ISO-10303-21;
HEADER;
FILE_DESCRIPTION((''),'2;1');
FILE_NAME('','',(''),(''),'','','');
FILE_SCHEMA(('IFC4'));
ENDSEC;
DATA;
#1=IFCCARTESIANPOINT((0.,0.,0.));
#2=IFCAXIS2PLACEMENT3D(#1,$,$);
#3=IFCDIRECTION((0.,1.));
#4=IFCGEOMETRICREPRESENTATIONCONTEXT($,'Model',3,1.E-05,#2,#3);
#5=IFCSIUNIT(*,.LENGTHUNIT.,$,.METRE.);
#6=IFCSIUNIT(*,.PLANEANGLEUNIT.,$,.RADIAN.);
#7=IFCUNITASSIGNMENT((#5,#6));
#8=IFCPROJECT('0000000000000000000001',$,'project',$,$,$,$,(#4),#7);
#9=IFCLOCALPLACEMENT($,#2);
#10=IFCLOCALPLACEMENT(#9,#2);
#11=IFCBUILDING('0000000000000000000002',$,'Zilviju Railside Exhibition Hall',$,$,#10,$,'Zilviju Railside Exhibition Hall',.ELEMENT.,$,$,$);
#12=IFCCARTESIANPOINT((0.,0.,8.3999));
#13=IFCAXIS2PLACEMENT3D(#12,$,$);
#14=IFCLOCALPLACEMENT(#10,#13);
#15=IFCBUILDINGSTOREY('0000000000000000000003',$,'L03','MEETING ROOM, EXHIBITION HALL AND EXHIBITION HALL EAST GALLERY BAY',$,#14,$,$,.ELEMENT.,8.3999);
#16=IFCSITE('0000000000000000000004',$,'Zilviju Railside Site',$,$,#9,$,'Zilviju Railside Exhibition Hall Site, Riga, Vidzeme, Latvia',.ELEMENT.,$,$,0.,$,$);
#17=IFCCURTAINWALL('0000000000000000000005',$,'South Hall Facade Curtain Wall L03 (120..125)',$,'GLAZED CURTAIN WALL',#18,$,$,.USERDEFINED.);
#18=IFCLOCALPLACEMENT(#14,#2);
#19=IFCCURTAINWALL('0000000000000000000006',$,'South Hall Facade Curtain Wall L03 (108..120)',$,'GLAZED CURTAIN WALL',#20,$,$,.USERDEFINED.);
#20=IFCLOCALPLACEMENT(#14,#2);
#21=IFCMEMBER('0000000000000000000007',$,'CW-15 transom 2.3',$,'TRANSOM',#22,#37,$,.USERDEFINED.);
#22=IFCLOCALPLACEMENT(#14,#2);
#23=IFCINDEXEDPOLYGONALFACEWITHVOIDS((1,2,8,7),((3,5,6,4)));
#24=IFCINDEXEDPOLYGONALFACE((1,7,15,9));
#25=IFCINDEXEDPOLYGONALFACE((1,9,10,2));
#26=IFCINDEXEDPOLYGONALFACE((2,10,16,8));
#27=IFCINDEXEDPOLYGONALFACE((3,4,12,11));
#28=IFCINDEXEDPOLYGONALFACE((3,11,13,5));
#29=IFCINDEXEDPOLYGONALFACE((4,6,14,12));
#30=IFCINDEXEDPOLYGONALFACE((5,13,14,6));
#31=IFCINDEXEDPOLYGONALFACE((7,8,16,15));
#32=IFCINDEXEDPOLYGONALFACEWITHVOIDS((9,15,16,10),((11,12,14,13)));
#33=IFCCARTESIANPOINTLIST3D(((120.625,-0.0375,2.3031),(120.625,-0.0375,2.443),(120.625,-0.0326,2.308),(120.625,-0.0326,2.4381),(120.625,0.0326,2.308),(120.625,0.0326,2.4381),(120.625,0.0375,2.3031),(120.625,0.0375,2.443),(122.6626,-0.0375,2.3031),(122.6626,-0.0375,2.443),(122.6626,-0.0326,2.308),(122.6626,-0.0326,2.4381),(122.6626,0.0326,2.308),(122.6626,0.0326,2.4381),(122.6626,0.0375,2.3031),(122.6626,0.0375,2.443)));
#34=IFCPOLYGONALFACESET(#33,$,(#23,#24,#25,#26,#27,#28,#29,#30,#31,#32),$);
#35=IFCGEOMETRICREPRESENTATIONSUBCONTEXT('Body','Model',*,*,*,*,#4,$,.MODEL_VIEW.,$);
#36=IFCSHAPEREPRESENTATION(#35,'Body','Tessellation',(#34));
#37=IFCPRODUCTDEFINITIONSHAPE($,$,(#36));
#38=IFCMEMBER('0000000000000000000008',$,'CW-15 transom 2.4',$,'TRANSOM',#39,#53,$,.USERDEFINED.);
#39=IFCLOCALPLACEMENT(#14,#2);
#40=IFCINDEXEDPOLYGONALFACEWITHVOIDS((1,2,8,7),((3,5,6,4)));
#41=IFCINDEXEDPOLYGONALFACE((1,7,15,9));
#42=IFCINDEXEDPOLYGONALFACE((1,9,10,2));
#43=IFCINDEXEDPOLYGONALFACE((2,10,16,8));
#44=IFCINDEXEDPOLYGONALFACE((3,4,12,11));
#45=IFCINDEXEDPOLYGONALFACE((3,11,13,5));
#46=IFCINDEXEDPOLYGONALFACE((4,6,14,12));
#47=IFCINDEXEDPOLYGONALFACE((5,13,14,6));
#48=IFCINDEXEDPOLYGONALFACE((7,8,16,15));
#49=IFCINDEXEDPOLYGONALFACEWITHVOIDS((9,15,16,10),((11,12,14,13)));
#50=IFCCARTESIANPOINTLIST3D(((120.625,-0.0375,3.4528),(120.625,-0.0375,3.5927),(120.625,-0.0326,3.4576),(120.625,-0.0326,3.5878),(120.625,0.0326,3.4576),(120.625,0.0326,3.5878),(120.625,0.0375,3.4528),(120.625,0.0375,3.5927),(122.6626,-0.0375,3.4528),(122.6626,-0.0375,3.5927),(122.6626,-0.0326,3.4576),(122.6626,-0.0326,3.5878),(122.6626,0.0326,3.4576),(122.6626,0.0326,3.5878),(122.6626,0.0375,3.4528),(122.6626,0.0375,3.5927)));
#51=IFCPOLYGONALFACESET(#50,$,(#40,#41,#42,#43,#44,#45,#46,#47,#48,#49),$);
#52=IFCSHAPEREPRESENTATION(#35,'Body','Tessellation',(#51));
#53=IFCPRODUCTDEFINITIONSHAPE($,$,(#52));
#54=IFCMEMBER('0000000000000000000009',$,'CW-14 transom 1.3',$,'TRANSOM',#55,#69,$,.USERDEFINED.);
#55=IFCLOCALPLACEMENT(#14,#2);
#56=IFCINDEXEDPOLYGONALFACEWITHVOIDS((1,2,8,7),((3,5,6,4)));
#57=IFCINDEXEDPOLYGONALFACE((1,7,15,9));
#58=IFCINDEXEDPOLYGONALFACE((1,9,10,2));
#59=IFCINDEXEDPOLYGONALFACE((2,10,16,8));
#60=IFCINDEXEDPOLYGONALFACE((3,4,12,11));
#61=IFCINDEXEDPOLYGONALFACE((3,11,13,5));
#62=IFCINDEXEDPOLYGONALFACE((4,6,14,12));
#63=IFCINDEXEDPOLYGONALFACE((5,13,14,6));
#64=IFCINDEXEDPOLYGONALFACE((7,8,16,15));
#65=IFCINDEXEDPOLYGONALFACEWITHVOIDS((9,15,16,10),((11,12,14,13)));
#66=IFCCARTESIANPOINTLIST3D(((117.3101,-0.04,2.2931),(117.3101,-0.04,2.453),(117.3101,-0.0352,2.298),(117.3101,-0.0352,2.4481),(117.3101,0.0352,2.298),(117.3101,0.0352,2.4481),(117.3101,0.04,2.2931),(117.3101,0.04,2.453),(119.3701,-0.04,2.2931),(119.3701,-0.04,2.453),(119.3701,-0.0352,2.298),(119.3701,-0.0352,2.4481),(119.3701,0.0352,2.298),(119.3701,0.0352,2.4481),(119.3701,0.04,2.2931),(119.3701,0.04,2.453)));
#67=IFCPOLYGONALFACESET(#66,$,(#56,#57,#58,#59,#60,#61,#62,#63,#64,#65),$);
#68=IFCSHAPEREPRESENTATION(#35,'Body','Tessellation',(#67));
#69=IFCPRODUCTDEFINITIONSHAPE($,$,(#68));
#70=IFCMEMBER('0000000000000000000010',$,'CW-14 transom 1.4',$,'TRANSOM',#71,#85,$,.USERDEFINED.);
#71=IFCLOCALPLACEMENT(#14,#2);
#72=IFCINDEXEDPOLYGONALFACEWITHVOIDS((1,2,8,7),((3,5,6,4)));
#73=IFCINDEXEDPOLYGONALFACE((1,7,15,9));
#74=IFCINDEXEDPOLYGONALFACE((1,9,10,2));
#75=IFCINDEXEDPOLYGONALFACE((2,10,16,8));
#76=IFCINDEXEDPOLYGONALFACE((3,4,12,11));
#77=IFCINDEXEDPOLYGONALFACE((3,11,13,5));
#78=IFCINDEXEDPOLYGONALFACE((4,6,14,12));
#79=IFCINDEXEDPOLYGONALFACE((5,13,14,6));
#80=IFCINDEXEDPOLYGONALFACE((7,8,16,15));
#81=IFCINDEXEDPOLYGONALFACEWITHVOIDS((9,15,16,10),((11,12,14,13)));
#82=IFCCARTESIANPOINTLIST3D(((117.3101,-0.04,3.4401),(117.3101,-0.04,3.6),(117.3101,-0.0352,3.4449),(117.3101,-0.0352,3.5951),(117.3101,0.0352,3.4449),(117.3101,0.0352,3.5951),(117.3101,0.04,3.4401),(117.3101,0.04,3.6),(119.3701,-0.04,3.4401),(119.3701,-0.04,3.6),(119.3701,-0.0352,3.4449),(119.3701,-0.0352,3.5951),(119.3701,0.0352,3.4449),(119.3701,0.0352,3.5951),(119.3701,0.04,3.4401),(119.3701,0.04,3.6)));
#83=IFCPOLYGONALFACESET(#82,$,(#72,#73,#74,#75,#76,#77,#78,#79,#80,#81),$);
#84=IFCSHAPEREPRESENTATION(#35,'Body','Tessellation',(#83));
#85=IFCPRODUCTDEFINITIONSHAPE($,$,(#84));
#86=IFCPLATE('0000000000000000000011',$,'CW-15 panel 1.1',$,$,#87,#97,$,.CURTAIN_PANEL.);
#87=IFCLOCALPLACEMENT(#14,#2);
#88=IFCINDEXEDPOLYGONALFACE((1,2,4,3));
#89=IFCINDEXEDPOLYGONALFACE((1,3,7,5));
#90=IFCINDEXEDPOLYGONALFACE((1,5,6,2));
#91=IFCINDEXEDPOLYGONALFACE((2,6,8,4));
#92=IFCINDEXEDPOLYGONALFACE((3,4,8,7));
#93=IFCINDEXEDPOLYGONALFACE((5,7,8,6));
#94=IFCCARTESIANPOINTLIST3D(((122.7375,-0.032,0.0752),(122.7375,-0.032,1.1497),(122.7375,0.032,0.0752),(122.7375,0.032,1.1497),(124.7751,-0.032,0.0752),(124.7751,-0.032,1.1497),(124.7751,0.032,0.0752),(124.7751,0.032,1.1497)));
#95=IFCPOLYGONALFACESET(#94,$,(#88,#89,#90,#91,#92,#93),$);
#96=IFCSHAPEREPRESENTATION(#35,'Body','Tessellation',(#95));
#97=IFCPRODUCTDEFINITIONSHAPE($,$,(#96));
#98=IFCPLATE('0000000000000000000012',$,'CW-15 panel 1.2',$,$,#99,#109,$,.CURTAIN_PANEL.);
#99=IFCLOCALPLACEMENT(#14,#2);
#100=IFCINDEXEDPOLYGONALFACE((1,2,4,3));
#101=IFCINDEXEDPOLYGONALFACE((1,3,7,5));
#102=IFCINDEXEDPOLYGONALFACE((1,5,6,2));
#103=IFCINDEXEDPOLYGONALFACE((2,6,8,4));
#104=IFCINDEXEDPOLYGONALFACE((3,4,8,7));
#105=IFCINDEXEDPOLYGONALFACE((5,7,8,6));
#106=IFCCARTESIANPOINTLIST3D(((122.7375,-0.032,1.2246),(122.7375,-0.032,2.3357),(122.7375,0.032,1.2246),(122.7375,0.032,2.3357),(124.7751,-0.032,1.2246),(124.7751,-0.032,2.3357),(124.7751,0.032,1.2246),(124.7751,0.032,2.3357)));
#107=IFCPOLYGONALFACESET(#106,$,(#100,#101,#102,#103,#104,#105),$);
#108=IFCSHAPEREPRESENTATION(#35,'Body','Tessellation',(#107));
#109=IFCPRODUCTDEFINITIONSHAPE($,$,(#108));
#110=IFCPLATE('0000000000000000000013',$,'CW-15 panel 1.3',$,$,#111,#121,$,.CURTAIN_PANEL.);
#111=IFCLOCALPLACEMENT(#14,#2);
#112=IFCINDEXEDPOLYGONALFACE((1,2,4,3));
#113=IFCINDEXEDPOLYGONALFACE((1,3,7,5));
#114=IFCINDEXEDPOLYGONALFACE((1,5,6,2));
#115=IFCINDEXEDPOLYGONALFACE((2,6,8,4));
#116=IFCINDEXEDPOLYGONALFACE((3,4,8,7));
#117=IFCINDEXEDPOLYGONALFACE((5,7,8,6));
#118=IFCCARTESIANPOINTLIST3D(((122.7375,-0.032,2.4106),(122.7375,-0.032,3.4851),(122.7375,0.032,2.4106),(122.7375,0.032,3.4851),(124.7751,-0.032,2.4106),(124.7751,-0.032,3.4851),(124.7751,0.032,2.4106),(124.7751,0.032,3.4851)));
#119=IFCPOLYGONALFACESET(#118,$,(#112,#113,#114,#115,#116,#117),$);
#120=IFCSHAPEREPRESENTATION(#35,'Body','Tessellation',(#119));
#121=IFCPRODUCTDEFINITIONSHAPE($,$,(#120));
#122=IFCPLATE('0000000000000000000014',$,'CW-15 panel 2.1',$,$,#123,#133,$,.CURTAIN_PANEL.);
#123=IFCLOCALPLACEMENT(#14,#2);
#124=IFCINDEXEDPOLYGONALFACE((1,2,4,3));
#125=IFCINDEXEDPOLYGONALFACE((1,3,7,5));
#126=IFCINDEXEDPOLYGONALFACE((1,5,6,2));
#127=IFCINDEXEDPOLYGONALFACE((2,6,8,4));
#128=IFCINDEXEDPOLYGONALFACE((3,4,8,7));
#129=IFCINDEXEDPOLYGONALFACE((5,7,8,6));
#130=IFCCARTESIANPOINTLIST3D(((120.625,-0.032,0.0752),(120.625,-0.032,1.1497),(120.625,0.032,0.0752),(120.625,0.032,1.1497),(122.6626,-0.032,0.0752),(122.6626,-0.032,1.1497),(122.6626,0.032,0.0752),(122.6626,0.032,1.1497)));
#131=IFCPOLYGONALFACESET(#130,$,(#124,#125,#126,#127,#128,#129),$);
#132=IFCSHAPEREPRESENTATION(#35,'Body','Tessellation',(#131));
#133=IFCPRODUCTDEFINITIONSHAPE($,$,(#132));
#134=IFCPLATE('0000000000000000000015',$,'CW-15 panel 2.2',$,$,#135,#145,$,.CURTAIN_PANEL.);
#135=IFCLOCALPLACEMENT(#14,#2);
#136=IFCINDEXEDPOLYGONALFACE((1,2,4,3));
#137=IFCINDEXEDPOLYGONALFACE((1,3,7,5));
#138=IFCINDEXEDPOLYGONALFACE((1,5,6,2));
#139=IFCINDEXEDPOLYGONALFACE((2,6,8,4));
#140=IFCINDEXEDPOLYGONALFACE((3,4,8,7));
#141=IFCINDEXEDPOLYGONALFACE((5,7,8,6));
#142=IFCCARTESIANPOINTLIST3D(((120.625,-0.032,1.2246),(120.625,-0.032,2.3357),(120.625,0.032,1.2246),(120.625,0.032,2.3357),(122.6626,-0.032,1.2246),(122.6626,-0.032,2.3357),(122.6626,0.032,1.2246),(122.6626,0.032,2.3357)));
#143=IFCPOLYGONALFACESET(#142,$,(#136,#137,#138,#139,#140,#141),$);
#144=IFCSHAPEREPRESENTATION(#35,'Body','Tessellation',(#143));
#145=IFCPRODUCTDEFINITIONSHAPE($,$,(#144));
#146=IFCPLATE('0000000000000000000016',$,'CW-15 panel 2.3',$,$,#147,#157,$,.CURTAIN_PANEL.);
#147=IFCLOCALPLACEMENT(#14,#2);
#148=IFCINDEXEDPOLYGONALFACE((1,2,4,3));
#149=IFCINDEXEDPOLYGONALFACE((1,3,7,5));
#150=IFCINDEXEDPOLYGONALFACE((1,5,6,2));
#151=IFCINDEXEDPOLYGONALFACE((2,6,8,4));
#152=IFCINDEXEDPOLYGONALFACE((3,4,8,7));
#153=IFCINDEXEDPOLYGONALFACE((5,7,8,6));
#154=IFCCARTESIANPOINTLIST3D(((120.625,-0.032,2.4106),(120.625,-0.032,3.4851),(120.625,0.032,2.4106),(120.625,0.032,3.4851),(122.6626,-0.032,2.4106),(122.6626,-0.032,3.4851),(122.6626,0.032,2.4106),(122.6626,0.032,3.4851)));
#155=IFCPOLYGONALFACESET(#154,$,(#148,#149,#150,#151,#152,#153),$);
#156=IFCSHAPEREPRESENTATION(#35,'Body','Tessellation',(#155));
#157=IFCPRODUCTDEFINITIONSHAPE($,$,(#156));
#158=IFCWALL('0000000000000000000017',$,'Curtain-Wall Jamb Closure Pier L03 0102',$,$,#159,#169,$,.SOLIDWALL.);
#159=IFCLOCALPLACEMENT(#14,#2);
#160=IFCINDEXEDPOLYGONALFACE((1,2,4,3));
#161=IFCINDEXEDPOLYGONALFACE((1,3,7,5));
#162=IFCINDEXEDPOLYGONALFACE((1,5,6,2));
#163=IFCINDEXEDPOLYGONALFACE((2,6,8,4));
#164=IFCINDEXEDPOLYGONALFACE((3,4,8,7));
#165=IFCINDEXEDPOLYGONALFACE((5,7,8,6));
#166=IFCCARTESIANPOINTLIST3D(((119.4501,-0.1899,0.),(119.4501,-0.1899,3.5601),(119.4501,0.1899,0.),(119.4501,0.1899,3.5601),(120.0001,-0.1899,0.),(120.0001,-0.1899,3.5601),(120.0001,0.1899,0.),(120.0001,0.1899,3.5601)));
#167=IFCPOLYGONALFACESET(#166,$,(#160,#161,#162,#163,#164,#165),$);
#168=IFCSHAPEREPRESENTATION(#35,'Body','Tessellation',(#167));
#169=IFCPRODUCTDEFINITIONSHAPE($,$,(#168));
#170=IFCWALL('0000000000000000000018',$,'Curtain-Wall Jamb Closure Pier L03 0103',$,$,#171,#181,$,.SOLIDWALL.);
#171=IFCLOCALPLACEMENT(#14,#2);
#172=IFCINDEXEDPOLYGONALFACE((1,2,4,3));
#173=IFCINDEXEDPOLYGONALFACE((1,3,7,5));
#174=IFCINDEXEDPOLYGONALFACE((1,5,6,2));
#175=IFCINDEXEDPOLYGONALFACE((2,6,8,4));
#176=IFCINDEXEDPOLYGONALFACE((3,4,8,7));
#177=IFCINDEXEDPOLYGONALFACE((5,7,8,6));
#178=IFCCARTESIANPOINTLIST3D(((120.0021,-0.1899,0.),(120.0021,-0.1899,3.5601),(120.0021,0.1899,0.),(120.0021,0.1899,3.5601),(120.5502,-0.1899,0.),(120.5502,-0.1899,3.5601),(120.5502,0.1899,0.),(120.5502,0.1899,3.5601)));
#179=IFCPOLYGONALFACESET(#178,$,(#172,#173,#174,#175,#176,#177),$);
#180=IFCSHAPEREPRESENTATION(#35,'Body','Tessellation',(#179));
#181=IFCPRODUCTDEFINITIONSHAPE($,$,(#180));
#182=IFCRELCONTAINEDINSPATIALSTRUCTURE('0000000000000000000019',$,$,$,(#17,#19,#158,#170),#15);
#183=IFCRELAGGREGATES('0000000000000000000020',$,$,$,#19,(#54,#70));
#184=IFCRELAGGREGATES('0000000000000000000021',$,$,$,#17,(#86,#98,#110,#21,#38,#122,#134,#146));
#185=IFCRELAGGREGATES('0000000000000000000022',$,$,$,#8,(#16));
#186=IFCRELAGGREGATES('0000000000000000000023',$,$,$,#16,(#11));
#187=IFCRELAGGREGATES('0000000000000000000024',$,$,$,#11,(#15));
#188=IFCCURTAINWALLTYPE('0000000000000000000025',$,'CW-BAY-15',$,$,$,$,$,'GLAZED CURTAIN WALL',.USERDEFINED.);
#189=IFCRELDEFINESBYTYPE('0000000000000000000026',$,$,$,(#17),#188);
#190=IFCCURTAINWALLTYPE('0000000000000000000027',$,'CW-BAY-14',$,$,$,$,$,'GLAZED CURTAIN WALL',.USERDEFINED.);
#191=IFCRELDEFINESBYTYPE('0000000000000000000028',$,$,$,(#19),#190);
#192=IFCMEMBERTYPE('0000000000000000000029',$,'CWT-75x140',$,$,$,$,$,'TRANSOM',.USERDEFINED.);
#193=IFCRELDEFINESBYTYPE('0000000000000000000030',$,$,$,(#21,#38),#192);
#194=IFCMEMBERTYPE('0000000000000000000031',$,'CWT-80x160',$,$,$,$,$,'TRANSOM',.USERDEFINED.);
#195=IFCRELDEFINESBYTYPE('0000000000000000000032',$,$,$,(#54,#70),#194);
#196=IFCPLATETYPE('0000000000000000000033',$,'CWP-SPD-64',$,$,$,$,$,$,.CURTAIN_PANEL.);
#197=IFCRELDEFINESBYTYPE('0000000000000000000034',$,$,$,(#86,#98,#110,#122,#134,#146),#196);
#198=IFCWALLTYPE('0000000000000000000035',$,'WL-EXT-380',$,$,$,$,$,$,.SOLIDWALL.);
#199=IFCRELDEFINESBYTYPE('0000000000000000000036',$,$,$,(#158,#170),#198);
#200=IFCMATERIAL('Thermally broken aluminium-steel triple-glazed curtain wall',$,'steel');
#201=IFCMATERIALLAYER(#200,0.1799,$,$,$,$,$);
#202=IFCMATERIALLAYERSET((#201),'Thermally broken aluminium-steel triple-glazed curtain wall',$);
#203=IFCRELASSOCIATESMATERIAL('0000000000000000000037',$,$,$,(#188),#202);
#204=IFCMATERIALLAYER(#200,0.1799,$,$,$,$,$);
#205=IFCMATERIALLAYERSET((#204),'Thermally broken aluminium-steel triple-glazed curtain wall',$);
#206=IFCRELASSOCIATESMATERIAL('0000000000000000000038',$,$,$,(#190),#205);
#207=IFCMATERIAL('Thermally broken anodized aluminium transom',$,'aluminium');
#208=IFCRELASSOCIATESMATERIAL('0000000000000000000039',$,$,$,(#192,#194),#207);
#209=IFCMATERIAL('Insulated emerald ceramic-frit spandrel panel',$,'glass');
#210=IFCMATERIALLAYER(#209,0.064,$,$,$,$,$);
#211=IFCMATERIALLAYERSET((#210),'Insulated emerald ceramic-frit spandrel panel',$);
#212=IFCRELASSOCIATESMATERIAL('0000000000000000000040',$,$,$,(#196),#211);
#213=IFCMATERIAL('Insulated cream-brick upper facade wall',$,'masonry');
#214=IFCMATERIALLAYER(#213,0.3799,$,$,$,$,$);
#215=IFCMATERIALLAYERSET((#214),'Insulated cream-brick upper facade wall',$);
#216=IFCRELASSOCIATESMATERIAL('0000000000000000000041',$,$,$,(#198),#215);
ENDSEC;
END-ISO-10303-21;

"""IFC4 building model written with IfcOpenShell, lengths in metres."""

from ifc_helpers import new_model, si_unit, direction, frame, frame_2d, origin, origin_2d, place, context, subcontext, project, spatial, rectangle, hollow_rectangle, extrude, material, layer, layer_set, material_profile, profile_set, type_object, element, aggregate, save


model = new_model("IFC4")

# Units and contexts
model_context = context("Model", 3, precision=1e-05, world=origin(), true_north=direction((0.0, 1.0)))
body_context = subcontext(model_context, "Body", "Model", "MODEL_VIEW")
ifc_project = project(units=[si_unit("LENGTHUNIT", "METRE"), si_unit("PLANEANGLEUNIT", "RADIAN")], contexts=[model_context])

# Site, building, storey
site_placement = place(None, origin())
site = spatial("IfcSite", under=ifc_project, at=site_placement, Name="Zilviju Railside Site", LongName="Zilviju Railside Exhibition Hall Site, Riga, Vidzeme, Latvia", CompositionType="ELEMENT", RefElevation=0.0)
building_placement = place(site_placement, origin())
building = spatial("IfcBuilding", under=site, at=building_placement, Name="Zilviju Railside Exhibition Hall", LongName="Zilviju Railside Exhibition Hall", CompositionType="ELEMENT")
storey_placement = place(building_placement, frame((0.0, 0.0, 8.3999)))
storey = spatial("IfcBuildingStorey", under=building, at=storey_placement, Name="L03", Description="MEETING ROOM, EXHIBITION HALL AND EXHIBITION HALL EAST GALLERY BAY", CompositionType="ELEMENT", Elevation=8.3999)

# Curtain wall
ifc_material_1 = material(Name="Thermally broken aluminium-steel triple-glazed curtain wall", Category="steel")
ifc_layer_1 = layer(ifc_material_1, 0.1799)
ifc_layer_set_1 = layer_set([ifc_layer_1], Name="Thermally broken aluminium-steel triple-glazed curtain wall")
curtain_wall_type_1 = type_object("IfcCurtainWallType", Name="CW-BAY-15", ElementType="GLAZED CURTAIN WALL", PredefinedType="USERDEFINED", material=ifc_layer_set_1)
curtain_wall_1_placement = place(storey_placement, origin())
curtain_wall_1 = element("IfcCurtainWall", 1, at=curtain_wall_1_placement, inside=storey, type_object=curtain_wall_type_1, Name="South Hall Facade Curtain Wall L03 (120..125)", ObjectType="GLAZED CURTAIN WALL", PredefinedType="USERDEFINED")

# Curtain wall
ifc_layer_2 = layer(ifc_material_1, 0.1799)
ifc_layer_set_2 = layer_set([ifc_layer_2], Name="Thermally broken aluminium-steel triple-glazed curtain wall")
curtain_wall_type_2 = type_object("IfcCurtainWallType", Name="CW-BAY-14", ElementType="GLAZED CURTAIN WALL", PredefinedType="USERDEFINED", material=ifc_layer_set_2)
curtain_wall_2_placement = place(storey_placement, origin())
curtain_wall_2 = element("IfcCurtainWall", 2, at=curtain_wall_2_placement, inside=storey, type_object=curtain_wall_type_2, Name="South Hall Facade Curtain Wall L03 (108..120)", ObjectType="GLAZED CURTAIN WALL", PredefinedType="USERDEFINED")

# Members
ifc_material_2 = material(Name="Thermally broken anodized aluminium transom", Category="aluminium")
ifc_material_profile_1 = material_profile(ifc_material_2, hollow_rectangle(XDim=0.075, YDim=0.1399, WallThickness=0.0049, at=origin_2d()), Name="TRANSOM 140x75x5")
ifc_profile_set_1 = profile_set([ifc_material_profile_1], Name="Thermally broken anodized aluminium transom")
member_type_1 = type_object("IfcMemberType", Name="CWT-75x140", ElementType="TRANSOM", PredefinedType="USERDEFINED", material=ifc_profile_set_1)
member_1_placement = place(storey_placement, frame((122.6626, 0.0, 2.373), z_axis=(-1.0, 0.0, 0.0), x_axis=(0.0, -1.0, 0.0)))
member_1 = element("IfcMember", 3, at=member_1_placement, type_object=member_type_1, Name="CW-15 transom 2.3", ObjectType="TRANSOM", PredefinedType="USERDEFINED", context=body_context, shape_type="SweptSolid", body=[
    extrude(hollow_rectangle(XDim=0.075, YDim=0.1399, WallThickness=0.0049, at=origin_2d()), origin(), (0.0, 0.0, 1.0), 2.0376),
])
member_2_placement = place(storey_placement, frame((122.6626, 0.0, 3.5227), z_axis=(-1.0, 0.0, 0.0), x_axis=(0.0, -1.0, 0.0)))
member_2 = element("IfcMember", 4, at=member_2_placement, type_object=member_type_1, Name="CW-15 transom 2.4", ObjectType="TRANSOM", PredefinedType="USERDEFINED", context=body_context, shape_type="SweptSolid", body=[
    extrude(hollow_rectangle(XDim=0.075, YDim=0.1399, WallThickness=0.0049, at=origin_2d()), origin(), (0.0, 0.0, 1.0), 2.0376),
])
ifc_material_profile_2 = material_profile(ifc_material_2, hollow_rectangle(XDim=0.0801, YDim=0.1599, WallThickness=0.0049, at=origin_2d()), Name="TRANSOM 160x80x5")
ifc_profile_set_2 = profile_set([ifc_material_profile_2], Name="Thermally broken anodized aluminium transom")
member_type_2 = type_object("IfcMemberType", Name="CWT-80x160", ElementType="TRANSOM", PredefinedType="USERDEFINED", material=ifc_profile_set_2)
member_3_placement = place(storey_placement, frame((119.3701, 0.0, 2.373), z_axis=(-1.0, 0.0, 0.0), x_axis=(0.0, -1.0, 0.0)))
member_3 = element("IfcMember", 5, at=member_3_placement, type_object=member_type_2, Name="CW-14 transom 1.3", ObjectType="TRANSOM", PredefinedType="USERDEFINED", context=body_context, shape_type="SweptSolid", body=[
    extrude(hollow_rectangle(XDim=0.0801, YDim=0.1599, WallThickness=0.0049, at=origin_2d()), origin(), (0.0, 0.0, 1.0), 2.0601),
])
member_4_placement = place(storey_placement, frame((119.3701, 0.0, 3.52), z_axis=(-1.0, 0.0, 0.0), x_axis=(0.0, -1.0, 0.0)))
member_4 = element("IfcMember", 6, at=member_4_placement, type_object=member_type_2, Name="CW-14 transom 1.4", ObjectType="TRANSOM", PredefinedType="USERDEFINED", context=body_context, shape_type="SweptSolid", body=[
    extrude(hollow_rectangle(XDim=0.0801, YDim=0.1599, WallThickness=0.0049, at=origin_2d()), origin(), (0.0, 0.0, 1.0), 2.0601),
])
aggregate(curtain_wall_2, [member_3, member_4])

# Plates
ifc_material_3 = material(Name="Insulated emerald ceramic-frit spandrel panel", Category="glass")
ifc_layer_3 = layer(ifc_material_3, 0.064)
ifc_layer_set_3 = layer_set([ifc_layer_3], Name="Insulated emerald ceramic-frit spandrel panel")
plate_type = type_object("IfcPlateType", Name="CWP-SPD-64", PredefinedType="CURTAIN_PANEL", material=ifc_layer_set_3)
plate_1_placement = place(storey_placement, frame((123.7563, 0.0, 0.0752), z_axis=(0.0, 0.0, 1.0), x_axis=(-1.0, 0.0, 0.0)))
plate_1 = element("IfcPlate", 7, at=plate_1_placement, type_object=plate_type, Name="CW-15 panel 1.1", PredefinedType="CURTAIN_PANEL", context=body_context, shape_type="SweptSolid", body=[
    extrude(rectangle(XDim=2.0376, YDim=0.064, at=origin_2d()), origin(), (0.0, 0.0, 1.0), 1.0745),
])
plate_2_placement = place(storey_placement, frame((123.7563, 0.0, 1.2246), z_axis=(0.0, 0.0, 1.0), x_axis=(-1.0, 0.0, 0.0)))
plate_2 = element("IfcPlate", 8, at=plate_2_placement, type_object=plate_type, Name="CW-15 panel 1.2", PredefinedType="CURTAIN_PANEL", context=body_context, shape_type="SweptSolid", body=[
    extrude(rectangle(XDim=2.0376, YDim=0.064, at=origin_2d()), origin(), (0.0, 0.0, 1.0), 1.1111),
])
plate_3_placement = place(storey_placement, frame((123.7563, 0.0, 2.4106), z_axis=(0.0, 0.0, 1.0), x_axis=(-1.0, 0.0, 0.0)))
plate_3 = element("IfcPlate", 9, at=plate_3_placement, type_object=plate_type, Name="CW-15 panel 1.3", PredefinedType="CURTAIN_PANEL", context=body_context, shape_type="SweptSolid", body=[
    extrude(rectangle(XDim=2.0376, YDim=0.064, at=origin_2d()), origin(), (0.0, 0.0, 1.0), 1.0745),
])
plate_4_placement = place(storey_placement, frame((121.6438, 0.0, 0.0752), z_axis=(0.0, 0.0, 1.0), x_axis=(-1.0, 0.0, 0.0)))
plate_4 = element("IfcPlate", 10, at=plate_4_placement, type_object=plate_type, Name="CW-15 panel 2.1", PredefinedType="CURTAIN_PANEL", context=body_context, shape_type="SweptSolid", body=[
    extrude(rectangle(XDim=2.0376, YDim=0.064, at=origin_2d()), origin(), (0.0, 0.0, 1.0), 1.0745),
])
plate_5_placement = place(storey_placement, frame((121.6438, 0.0, 1.2246), z_axis=(0.0, 0.0, 1.0), x_axis=(-1.0, 0.0, 0.0)))
plate_5 = element("IfcPlate", 11, at=plate_5_placement, type_object=plate_type, Name="CW-15 panel 2.2", PredefinedType="CURTAIN_PANEL", context=body_context, shape_type="SweptSolid", body=[
    extrude(rectangle(XDim=2.0376, YDim=0.064, at=origin_2d()), origin(), (0.0, 0.0, 1.0), 1.1111),
])
plate_6_placement = place(storey_placement, frame((121.6438, 0.0, 2.4106), z_axis=(0.0, 0.0, 1.0), x_axis=(-1.0, 0.0, 0.0)))
plate_6 = element("IfcPlate", 12, at=plate_6_placement, type_object=plate_type, Name="CW-15 panel 2.3", PredefinedType="CURTAIN_PANEL", context=body_context, shape_type="SweptSolid", body=[
    extrude(rectangle(XDim=2.0376, YDim=0.064, at=origin_2d()), origin(), (0.0, 0.0, 1.0), 1.0745),
])
aggregate(curtain_wall_1, [plate_1, plate_2, plate_3, member_1, member_2, plate_4, plate_5, plate_6])

# Walls
ifc_material_4 = material(Name="Insulated cream-brick upper facade wall", Category="masonry")
ifc_layer_4 = layer(ifc_material_4, 0.3799)
ifc_layer_set_4 = layer_set([ifc_layer_4], Name="Insulated cream-brick upper facade wall")
wall_type = type_object("IfcWallType", Name="WL-EXT-380", PredefinedType="SOLIDWALL", material=ifc_layer_set_4)
wall_1_placement = place(storey_placement, frame((120.0, 0.0, 0.0), z_axis=(0.0, 0.0, 1.0), x_axis=(-1.0, 0.0, 0.0)))
element("IfcWall", 13, at=wall_1_placement, inside=storey, type_object=wall_type, Name="Curtain-Wall Jamb Closure Pier L03 0102", PredefinedType="SOLIDWALL", context=body_context, shape_type="SweptSolid", body=[
    extrude(rectangle(XDim=0.55, YDim=0.3799, at=frame_2d((0.2749, 0.0))), origin(), (0.0, 0.0, 1.0), 3.5601),
])
wall_2_placement = place(storey_placement, frame((120.55, 0.0, 0.0), z_axis=(0.0, 0.0, 1.0), x_axis=(-1.0, 0.0, 0.0)))
element("IfcWall", 14, at=wall_2_placement, inside=storey, type_object=wall_type, Name="Curtain-Wall Jamb Closure Pier L03 0103", PredefinedType="SOLIDWALL", context=body_context, shape_type="SweptSolid", body=[
    extrude(rectangle(XDim=0.5481, YDim=0.3799, at=frame_2d((0.2739, 0.0))), origin(), (0.0, 0.0, 1.0), 3.5601),
])

save(model, "model.ifc")
